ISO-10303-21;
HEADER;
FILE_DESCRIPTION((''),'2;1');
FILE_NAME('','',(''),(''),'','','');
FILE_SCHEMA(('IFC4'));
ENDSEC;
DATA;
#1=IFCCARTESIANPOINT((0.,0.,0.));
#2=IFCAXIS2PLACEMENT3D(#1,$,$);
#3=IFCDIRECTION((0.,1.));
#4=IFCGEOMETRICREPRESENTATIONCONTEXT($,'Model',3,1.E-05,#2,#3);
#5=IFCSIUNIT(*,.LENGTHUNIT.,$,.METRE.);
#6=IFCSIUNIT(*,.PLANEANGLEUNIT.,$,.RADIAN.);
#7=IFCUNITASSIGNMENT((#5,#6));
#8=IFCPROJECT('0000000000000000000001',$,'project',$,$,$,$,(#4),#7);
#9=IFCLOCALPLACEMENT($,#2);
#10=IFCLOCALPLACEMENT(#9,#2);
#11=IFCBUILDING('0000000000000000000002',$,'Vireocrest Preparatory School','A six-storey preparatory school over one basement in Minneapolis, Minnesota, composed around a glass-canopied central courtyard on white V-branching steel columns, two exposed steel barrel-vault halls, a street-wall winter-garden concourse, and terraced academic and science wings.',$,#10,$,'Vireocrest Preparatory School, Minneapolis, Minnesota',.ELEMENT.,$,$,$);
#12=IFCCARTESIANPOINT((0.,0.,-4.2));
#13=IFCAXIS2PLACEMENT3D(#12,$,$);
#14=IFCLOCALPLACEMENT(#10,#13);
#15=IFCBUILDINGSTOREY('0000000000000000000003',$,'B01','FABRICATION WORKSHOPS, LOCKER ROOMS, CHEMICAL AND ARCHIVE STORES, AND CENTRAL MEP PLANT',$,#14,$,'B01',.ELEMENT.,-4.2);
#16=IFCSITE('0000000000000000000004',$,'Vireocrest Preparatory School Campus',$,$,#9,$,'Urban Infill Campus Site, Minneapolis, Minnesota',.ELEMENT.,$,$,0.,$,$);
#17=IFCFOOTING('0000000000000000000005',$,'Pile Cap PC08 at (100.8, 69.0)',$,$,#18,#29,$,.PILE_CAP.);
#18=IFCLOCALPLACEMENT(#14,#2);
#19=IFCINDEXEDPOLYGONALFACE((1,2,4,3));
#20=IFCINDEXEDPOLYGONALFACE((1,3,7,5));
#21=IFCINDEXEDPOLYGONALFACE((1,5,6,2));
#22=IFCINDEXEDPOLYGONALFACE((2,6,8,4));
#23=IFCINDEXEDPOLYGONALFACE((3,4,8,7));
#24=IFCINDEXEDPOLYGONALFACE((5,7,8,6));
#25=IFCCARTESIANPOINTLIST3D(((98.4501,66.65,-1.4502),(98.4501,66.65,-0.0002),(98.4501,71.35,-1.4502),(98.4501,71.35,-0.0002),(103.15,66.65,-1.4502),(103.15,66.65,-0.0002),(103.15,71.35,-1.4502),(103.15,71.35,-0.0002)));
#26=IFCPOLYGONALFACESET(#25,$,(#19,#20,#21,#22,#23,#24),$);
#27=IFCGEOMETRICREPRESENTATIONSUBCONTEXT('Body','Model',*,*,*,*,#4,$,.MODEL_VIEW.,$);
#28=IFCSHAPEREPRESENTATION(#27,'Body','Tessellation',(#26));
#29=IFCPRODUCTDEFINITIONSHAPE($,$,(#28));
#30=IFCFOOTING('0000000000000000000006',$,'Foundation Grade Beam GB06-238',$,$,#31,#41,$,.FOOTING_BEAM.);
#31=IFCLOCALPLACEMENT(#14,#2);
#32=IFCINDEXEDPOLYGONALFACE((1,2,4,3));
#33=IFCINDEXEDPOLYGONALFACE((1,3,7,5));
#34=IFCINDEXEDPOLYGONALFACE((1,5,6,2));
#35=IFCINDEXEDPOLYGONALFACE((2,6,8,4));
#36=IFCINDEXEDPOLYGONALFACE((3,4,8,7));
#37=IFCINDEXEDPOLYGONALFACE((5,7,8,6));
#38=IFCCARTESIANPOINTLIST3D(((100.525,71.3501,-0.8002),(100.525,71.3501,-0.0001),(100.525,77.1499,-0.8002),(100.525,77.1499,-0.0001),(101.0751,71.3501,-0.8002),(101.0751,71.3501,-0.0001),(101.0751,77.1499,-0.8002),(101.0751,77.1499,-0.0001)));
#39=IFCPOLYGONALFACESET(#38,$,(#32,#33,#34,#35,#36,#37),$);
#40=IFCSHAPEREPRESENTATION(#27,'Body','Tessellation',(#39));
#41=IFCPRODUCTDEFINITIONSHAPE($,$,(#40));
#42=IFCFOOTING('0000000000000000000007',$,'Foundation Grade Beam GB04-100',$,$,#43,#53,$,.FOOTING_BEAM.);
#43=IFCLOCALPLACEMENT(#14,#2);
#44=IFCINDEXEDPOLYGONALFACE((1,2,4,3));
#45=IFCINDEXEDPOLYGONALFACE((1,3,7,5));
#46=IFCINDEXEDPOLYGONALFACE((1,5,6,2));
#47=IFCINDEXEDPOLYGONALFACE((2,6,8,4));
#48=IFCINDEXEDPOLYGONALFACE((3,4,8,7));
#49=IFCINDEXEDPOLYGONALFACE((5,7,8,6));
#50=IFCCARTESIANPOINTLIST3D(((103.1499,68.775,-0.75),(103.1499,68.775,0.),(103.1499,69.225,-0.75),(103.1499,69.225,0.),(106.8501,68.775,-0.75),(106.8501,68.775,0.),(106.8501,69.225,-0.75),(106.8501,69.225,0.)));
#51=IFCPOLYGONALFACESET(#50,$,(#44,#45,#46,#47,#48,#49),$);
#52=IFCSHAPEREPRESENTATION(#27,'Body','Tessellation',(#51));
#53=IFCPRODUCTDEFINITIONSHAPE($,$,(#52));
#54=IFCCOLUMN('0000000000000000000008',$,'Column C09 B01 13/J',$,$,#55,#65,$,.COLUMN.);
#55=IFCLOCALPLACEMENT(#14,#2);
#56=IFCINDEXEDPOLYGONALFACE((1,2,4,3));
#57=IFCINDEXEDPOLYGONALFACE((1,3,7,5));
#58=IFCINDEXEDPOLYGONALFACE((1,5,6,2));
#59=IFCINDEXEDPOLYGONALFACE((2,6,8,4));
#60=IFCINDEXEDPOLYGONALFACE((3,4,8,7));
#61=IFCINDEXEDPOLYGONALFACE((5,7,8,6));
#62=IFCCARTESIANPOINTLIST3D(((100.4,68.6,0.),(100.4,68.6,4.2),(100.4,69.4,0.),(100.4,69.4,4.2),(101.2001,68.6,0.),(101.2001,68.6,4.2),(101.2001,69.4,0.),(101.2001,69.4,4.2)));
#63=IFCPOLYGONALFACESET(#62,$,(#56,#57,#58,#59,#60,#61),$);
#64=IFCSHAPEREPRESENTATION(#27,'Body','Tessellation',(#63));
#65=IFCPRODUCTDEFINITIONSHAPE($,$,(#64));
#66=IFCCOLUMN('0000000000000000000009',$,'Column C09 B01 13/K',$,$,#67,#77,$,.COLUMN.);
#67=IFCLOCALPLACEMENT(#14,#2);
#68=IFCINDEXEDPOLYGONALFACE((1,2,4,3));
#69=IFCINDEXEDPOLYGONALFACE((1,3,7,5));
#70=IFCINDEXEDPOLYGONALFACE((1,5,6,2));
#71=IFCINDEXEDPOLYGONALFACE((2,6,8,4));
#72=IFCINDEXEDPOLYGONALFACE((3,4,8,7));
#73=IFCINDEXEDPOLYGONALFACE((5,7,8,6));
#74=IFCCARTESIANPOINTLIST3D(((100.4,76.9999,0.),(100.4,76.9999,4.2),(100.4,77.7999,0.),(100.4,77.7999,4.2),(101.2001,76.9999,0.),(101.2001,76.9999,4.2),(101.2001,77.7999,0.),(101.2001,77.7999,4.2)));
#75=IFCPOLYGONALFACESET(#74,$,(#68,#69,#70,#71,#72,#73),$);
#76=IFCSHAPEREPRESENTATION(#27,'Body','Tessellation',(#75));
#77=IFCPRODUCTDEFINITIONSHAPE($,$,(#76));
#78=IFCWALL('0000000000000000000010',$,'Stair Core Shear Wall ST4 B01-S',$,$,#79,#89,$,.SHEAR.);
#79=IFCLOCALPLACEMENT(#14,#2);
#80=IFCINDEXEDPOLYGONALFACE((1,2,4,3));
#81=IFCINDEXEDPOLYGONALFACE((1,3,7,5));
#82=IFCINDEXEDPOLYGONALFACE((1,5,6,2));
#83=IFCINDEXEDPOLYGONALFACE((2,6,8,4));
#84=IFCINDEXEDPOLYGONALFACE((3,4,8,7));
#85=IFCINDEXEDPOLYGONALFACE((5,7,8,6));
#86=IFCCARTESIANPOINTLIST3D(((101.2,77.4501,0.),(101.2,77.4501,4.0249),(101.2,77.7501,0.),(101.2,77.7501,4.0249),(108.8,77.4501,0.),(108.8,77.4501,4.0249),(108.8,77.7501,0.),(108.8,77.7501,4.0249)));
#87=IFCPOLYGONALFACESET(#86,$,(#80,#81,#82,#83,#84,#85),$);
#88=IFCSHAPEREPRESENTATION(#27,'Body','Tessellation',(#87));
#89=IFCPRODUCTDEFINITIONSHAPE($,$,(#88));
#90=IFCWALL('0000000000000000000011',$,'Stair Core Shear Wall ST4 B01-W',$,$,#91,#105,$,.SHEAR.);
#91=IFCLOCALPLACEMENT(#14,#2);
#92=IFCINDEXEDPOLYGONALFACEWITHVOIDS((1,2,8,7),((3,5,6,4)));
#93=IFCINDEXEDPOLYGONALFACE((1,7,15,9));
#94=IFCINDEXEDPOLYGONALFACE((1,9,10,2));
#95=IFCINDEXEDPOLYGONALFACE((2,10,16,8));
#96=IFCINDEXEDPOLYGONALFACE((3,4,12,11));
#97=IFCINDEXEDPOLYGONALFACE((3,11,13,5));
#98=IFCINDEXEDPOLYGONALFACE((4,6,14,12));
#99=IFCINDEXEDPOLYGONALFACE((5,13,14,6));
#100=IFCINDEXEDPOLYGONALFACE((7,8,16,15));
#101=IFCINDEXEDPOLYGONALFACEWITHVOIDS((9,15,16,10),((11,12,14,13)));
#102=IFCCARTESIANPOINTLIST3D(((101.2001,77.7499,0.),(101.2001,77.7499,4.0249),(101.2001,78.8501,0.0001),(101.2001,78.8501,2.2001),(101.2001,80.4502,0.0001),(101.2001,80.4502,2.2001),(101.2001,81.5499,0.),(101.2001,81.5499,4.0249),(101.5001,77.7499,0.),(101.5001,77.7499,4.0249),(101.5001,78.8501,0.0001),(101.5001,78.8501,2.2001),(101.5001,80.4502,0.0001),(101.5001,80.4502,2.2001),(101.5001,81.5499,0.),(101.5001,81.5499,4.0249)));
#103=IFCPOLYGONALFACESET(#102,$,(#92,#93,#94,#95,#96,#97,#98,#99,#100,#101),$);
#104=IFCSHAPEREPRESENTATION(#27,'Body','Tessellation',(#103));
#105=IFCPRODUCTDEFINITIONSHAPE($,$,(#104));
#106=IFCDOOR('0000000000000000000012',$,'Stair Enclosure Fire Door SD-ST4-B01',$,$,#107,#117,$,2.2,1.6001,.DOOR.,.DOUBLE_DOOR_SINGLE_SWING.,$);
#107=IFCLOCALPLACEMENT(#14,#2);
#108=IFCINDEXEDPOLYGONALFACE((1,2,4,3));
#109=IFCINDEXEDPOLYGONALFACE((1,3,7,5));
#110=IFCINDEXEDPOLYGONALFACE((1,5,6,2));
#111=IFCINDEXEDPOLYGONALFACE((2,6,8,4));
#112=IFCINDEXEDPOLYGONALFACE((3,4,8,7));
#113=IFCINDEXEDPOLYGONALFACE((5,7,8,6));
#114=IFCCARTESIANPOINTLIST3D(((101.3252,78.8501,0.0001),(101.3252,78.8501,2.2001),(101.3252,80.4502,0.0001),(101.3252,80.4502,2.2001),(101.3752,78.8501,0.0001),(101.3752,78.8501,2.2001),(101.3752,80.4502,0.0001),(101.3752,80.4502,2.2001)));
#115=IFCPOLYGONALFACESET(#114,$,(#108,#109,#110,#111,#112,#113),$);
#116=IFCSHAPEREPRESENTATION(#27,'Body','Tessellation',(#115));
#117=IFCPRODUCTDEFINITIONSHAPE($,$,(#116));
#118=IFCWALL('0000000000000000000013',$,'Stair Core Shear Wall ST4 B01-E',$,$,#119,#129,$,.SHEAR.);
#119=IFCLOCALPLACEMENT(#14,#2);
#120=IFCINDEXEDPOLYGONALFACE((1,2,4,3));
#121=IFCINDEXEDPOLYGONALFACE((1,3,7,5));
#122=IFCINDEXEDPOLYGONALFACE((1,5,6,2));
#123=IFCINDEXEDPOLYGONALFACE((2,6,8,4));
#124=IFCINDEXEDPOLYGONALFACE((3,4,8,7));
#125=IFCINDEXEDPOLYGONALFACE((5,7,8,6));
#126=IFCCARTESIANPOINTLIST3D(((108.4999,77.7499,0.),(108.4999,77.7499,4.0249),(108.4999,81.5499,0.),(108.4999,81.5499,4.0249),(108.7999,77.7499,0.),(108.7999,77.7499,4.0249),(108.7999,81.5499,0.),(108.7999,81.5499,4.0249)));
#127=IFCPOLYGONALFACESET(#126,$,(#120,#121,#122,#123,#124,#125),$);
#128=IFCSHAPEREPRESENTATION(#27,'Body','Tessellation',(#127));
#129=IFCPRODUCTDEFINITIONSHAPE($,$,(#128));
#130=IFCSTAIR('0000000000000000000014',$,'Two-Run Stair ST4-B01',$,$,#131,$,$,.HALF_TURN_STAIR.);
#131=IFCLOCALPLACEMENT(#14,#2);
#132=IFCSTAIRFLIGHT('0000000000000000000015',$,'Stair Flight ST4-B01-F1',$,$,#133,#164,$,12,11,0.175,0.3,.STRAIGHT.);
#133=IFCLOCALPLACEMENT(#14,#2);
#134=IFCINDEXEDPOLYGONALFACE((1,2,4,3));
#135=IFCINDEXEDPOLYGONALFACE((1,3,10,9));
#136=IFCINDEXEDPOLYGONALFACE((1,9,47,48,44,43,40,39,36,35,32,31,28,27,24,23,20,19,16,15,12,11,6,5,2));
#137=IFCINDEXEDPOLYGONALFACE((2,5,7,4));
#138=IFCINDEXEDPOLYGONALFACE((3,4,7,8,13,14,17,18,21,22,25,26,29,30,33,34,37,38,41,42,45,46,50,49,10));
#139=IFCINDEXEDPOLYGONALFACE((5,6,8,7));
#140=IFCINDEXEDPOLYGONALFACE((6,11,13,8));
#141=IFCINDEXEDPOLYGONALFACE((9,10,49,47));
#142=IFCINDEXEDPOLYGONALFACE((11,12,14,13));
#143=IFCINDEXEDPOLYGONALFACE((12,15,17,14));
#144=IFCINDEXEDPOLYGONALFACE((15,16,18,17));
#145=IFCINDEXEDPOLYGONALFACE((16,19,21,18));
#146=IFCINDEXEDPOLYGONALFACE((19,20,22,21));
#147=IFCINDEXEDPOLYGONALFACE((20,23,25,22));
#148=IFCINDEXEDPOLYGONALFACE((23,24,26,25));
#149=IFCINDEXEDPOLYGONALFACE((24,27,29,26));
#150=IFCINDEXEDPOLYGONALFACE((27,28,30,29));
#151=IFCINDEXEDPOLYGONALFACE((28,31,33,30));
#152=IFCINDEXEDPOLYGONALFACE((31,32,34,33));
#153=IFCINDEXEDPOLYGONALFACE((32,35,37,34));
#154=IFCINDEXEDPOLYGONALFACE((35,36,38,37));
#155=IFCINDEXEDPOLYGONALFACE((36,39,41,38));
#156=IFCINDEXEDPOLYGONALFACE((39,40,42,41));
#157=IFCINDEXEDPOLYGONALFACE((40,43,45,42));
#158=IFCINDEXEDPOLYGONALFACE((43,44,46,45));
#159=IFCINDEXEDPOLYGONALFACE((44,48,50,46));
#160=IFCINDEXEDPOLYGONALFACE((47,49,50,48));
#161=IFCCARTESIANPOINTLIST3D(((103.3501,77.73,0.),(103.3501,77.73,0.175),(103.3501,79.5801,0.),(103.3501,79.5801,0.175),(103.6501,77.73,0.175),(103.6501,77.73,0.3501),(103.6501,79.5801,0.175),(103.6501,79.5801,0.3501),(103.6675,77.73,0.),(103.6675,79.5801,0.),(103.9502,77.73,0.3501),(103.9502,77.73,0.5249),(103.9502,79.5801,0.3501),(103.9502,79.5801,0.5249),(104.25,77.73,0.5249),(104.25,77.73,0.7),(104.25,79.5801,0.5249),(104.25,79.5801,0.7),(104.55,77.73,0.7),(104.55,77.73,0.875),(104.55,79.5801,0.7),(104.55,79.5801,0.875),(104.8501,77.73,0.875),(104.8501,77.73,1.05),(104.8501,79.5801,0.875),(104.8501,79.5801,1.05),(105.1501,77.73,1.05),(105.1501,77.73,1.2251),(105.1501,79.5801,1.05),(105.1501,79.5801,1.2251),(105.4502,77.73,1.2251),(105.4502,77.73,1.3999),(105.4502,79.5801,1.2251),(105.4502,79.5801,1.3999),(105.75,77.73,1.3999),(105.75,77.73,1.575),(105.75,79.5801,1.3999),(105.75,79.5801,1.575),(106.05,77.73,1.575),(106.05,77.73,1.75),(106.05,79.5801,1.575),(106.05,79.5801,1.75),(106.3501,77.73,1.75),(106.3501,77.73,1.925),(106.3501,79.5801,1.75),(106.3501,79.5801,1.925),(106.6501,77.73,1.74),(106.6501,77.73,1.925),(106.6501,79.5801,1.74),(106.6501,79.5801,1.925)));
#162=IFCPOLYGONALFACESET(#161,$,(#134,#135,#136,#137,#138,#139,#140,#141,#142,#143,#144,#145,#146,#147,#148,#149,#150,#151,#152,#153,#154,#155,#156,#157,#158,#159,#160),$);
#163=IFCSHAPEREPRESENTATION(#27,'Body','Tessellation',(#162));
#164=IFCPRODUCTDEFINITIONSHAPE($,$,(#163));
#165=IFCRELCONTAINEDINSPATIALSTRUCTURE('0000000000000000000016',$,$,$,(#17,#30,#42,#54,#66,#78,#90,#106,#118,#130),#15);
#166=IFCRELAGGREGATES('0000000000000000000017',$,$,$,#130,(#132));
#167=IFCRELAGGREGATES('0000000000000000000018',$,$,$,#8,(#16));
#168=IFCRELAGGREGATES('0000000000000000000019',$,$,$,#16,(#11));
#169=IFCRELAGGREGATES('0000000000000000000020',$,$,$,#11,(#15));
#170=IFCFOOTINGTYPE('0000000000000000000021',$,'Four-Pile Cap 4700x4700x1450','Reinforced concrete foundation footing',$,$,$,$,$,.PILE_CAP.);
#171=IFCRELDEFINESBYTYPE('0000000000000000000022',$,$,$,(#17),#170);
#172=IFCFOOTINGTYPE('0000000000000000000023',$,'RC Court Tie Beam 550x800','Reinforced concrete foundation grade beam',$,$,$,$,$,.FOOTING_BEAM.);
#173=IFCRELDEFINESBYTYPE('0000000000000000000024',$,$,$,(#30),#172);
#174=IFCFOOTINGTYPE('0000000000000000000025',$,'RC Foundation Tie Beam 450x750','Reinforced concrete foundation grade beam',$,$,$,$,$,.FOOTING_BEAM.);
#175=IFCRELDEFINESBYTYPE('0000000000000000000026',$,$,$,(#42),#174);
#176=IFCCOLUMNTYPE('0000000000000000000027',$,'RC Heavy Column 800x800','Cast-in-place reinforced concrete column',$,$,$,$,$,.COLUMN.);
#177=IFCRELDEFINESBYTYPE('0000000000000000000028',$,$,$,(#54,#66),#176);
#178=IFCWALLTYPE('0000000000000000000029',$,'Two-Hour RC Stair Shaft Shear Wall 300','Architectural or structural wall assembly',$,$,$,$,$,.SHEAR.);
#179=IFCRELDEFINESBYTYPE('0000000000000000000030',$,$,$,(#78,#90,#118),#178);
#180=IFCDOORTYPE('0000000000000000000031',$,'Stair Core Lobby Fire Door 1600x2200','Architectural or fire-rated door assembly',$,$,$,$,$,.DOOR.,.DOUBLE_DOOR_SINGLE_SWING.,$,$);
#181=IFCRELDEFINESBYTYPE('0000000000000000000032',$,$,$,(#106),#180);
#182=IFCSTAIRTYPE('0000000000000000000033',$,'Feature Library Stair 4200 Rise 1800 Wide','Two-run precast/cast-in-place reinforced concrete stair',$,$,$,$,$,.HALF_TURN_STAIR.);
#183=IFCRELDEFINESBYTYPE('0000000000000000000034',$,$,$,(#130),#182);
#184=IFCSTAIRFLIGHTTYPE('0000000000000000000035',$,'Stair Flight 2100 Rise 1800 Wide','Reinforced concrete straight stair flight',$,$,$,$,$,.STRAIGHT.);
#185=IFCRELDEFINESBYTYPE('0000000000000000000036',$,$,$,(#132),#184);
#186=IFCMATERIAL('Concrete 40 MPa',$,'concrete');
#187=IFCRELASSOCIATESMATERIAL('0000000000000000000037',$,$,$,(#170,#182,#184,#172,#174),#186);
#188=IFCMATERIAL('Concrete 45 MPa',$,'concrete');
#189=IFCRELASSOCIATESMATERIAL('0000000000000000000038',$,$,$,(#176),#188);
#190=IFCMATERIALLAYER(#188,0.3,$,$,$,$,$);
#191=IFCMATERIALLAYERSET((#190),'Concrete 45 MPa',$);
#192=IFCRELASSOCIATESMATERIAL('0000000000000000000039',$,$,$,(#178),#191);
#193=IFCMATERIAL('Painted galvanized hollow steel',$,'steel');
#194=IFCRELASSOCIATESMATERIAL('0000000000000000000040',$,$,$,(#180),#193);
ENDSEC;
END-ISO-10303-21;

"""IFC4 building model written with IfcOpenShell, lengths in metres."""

from ifc_helpers import new_model, si_unit, direction, frame, frame_2d, origin, origin_2d, place, context, subcontext, project, spatial, polyline, rectangle, outline, extrude, material, layer, layer_set, material_profile, profile_set, type_object, element, fill, aggregate, save


model = new_model("IFC4")

# Units and contexts
model_context = context("Model", 3, precision=1e-05, world=origin(), true_north=direction((0.0, 1.0)))
body_context = subcontext(model_context, "Body", "Model", "MODEL_VIEW")
ifc_project = project(units=[si_unit("LENGTHUNIT", "METRE"), si_unit("PLANEANGLEUNIT", "RADIAN")], contexts=[model_context])

# Site, building, storey
site_placement = place(None, origin())
site = spatial("IfcSite", under=ifc_project, at=site_placement, Name="Vireocrest Preparatory School Campus", LongName="Urban Infill Campus Site, Minneapolis, Minnesota", CompositionType="ELEMENT", RefElevation=0.0)
building_placement = place(site_placement, origin())
building = spatial("IfcBuilding", under=site, at=building_placement, Name="Vireocrest Preparatory School", Description="A six-storey preparatory school over one basement in Minneapolis, Minnesota, composed around a glass-canopied central courtyard on white V-branching steel columns, two exposed steel barrel-vault halls, a street-wall winter-garden concourse, and terraced academic and science wings.", LongName="Vireocrest Preparatory School, Minneapolis, Minnesota", CompositionType="ELEMENT")
storey_placement = place(building_placement, frame((0.0, 0.0, -4.2)))
storey = spatial("IfcBuildingStorey", under=building, at=storey_placement, Name="B01", Description="FABRICATION WORKSHOPS, LOCKER ROOMS, CHEMICAL AND ARCHIVE STORES, AND CENTRAL MEP PLANT", LongName="B01", CompositionType="ELEMENT", Elevation=-4.2)

# Shared definitions
ifc_material_1 = material(Name="Concrete 40 MPa", Category="concrete")

# Footings
footing_type_1 = type_object("IfcFootingType", Name="Four-Pile Cap 4700x4700x1450", Description="Reinforced concrete foundation footing", PredefinedType="PILE_CAP", material=ifc_material_1)
footing_1_placement = place(storey_placement, frame((100.8, 69.0, -1.4502), z_axis=(0.0, 0.0, 1.0), x_axis=(1.0, 0.0, 0.0)))
element("IfcFooting", 1, at=footing_1_placement, inside=storey, type_object=footing_type_1, Name="Pile Cap PC08 at (100.8, 69.0)", PredefinedType="PILE_CAP", context=body_context, shape_type="SweptSolid", body=[
    extrude(rectangle(XDim=4.7, YDim=4.7, at=origin_2d()), origin(), (0.0, 0.0, 1.0), 1.45),
])
ifc_material_profile_1 = material_profile(ifc_material_1, rectangle(XDim=0.55, YDim=0.8, at=origin_2d()), Name="GB 550x800")
ifc_profile_set_1 = profile_set([ifc_material_profile_1], Name="Concrete 40 MPa")
footing_type_2 = type_object("IfcFootingType", Name="RC Court Tie Beam 550x800", Description="Reinforced concrete foundation grade beam", PredefinedType="FOOTING_BEAM", material=ifc_profile_set_1)
footing_2_placement = place(storey_placement, frame((100.8, 71.3501, -0.4001), z_axis=(0.0, 1.0, 0.0), x_axis=(-1.0, 0.0, 0.0)))
element("IfcFooting", 2, at=footing_2_placement, inside=storey, type_object=footing_type_2, Name="Foundation Grade Beam GB06-238", PredefinedType="FOOTING_BEAM", context=body_context, shape_type="SweptSolid", body=[
    extrude(rectangle(XDim=0.55, YDim=0.8, at=origin_2d()), origin(), (0.0, 0.0, 1.0), 5.7998),
])
ifc_material_profile_2 = material_profile(ifc_material_1, rectangle(XDim=0.45, YDim=0.75, at=origin_2d()), Name="GB 450x750")
ifc_profile_set_2 = profile_set([ifc_material_profile_2], Name="Concrete 40 MPa")
footing_type_3 = type_object("IfcFootingType", Name="RC Foundation Tie Beam 450x750", Description="Reinforced concrete foundation grade beam", PredefinedType="FOOTING_BEAM", material=ifc_profile_set_2)
footing_3_placement = place(storey_placement, frame((103.1499, 69.0, -0.375), z_axis=(1.0, 0.0, 0.0), x_axis=(0.0, 1.0, 0.0)))
element("IfcFooting", 3, at=footing_3_placement, inside=storey, type_object=footing_type_3, Name="Foundation Grade Beam GB04-100", PredefinedType="FOOTING_BEAM", context=body_context, shape_type="SweptSolid", body=[
    extrude(rectangle(XDim=0.45, YDim=0.75, at=origin_2d()), origin(), (0.0, 0.0, 1.0), 3.7002),
])

# Columns
ifc_material_2 = material(Name="Concrete 45 MPa", Category="concrete")
ifc_material_profile_3 = material_profile(ifc_material_2, rectangle(XDim=0.8, YDim=0.8, at=origin_2d()), Name="RC 800x800")
ifc_profile_set_3 = profile_set([ifc_material_profile_3], Name="Concrete 45 MPa")
column_type = type_object("IfcColumnType", Name="RC Heavy Column 800x800", Description="Cast-in-place reinforced concrete column", PredefinedType="COLUMN", material=ifc_profile_set_3)
for number, where, z_axis, x_axis, name in (
    (4, (100.8, 69.0, 0.0), (0.0, 0.0, 1.0), (1.0, 0.0, 0.0), "Column C09 B01 13/J"),
    (5, (100.8, 77.3999, 0.0), (0.0, 0.0, 1.0), (1.0, 0.0, 0.0), "Column C09 B01 13/K"),
):
    element("IfcColumn", number, at=place(storey_placement, frame(where, z_axis=z_axis, x_axis=x_axis)), inside=storey, type_object=column_type, Name=name, PredefinedType="COLUMN", context=body_context, shape_type="SweptSolid", body=[
        extrude(rectangle(XDim=0.8, YDim=0.8, at=origin_2d()), origin(), (0.0, 0.0, 1.0), 4.2),
    ])

# Shared definitions
ifc_material_3 = material(Name="Painted galvanized hollow steel", Category="steel")

# Wall
ifc_layer_1 = layer(ifc_material_2, 0.3)
ifc_layer_set_1 = layer_set([ifc_layer_1], Name="Concrete 45 MPa")
wall_type_1 = type_object("IfcWallType", Name="Two-Hour RC Stair Shaft Shear Wall 300", Description="Architectural or structural wall assembly", PredefinedType="SHEAR", material=ifc_layer_set_1)
wall_1_placement = place(storey_placement, frame((101.2, 77.6001, 0.0), z_axis=(0.0, 0.0, 1.0), x_axis=(1.0, 0.0, 0.0)))
element("IfcWall", 6, at=wall_1_placement, inside=storey, type_object=wall_type_1, Name="Stair Core Shear Wall ST4 B01-S", PredefinedType="SHEAR", context=body_context, shape_type="SweptSolid", body=[
    extrude(rectangle(XDim=7.6001, YDim=0.3, at=frame_2d((3.8, 0.0))), origin(), (0.0, 0.0, 1.0), 4.0249),
])

# Wall, opening, door
wall_2_placement = place(storey_placement, frame((101.3501, 77.75, 0.0), z_axis=(0.0, 0.0, 1.0), x_axis=(0.0, 1.0, 0.0)))
wall_2 = element("IfcWall", 7, at=wall_2_placement, inside=storey, type_object=wall_type_1, Name="Stair Core Shear Wall ST4 B01-W", PredefinedType="SHEAR", context=body_context, shape_type="SweptSolid", body=[
    extrude(rectangle(XDim=3.8, YDim=0.3, at=frame_2d((1.8999, 0.0))), origin(), (0.0, 0.0, 1.0), 4.0249),
])
opening_1_placement = place(wall_2_placement, frame((1.1001, 0.0, 0.0)))
opening_1 = element("IfcOpeningElement", 8, at=opening_1_placement, cuts=wall_2, PredefinedType="OPENING", context=body_context, shape_type="SweptSolid", body=[
    extrude(rectangle(XDim=1.6001, YDim=2.2, at=frame_2d((0.8, 1.1001))), frame((0.0, 0.1599, 0.0), z_axis=(0.0, -1.0, 0.0), x_axis=(1.0, 0.0, 0.0)), (0.0, 0.0, 1.0), 0.3201),
])
door_type_1 = type_object("IfcDoorType", Name="Stair Core Lobby Fire Door 1600x2200", Description="Architectural or fire-rated door assembly", OperationType="DOUBLE_DOOR_SINGLE_SWING", PredefinedType="DOOR", material=ifc_material_3)
door_1_placement = place(opening_1_placement, origin())
door_1 = element("IfcDoor", 9, at=door_1_placement, inside=storey, type_object=door_type_1, Name="Stair Enclosure Fire Door SD-ST4-B01", OperationType="DOUBLE_DOOR_SINGLE_SWING", OverallHeight=2.2, OverallWidth=1.6001, PredefinedType="DOOR", context=body_context, shape_type="SweptSolid", body=[
    extrude(rectangle(XDim=1.6001, YDim=2.2, at=frame_2d((0.8, 1.1001))), frame((0.0, 0.0249, 0.0), z_axis=(0.0, -1.0, 0.0), x_axis=(1.0, 0.0, 0.0)), (0.0, 0.0, 1.0), 0.05),
])
fill(opening_1, door_1)

# Wall
wall_3_placement = place(storey_placement, frame((108.6499, 77.75, 0.0), z_axis=(0.0, 0.0, 1.0), x_axis=(0.0, 1.0, 0.0)))
element("IfcWall", 10, at=wall_3_placement, inside=storey, type_object=wall_type_1, Name="Stair Core Shear Wall ST4 B01-E", PredefinedType="SHEAR", context=body_context, shape_type="SweptSolid", body=[
    extrude(rectangle(XDim=3.8, YDim=0.3, at=frame_2d((1.8999, 0.0))), origin(), (0.0, 0.0, 1.0), 4.0249),
])

# Stair, stair flight
stair_type = type_object("IfcStairType", Name="Feature Library Stair 4200 Rise 1800 Wide", Description="Two-run precast/cast-in-place reinforced concrete stair", PredefinedType="HALF_TURN_STAIR", material=ifc_material_1)
stair_placement = place(storey_placement, origin())
stair = element("IfcStair", 11, at=stair_placement, inside=storey, type_object=stair_type, Name="Two-Run Stair ST4-B01", PredefinedType="HALF_TURN_STAIR")
stair_flight_type = type_object("IfcStairFlightType", Name="Stair Flight 2100 Rise 1800 Wide", Description="Reinforced concrete straight stair flight", PredefinedType="STRAIGHT", material=ifc_material_1)
stair_flight_1_placement = place(storey_placement, frame((103.3501, 78.655, 0.0), z_axis=(0.0, 0.0, 1.0), x_axis=(1.0, 0.0, 0.0)))
stair_flight_1 = element("IfcStairFlight", 12, at=stair_flight_1_placement, type_object=stair_flight_type, Name="Stair Flight ST4-B01-F1", NumberOfRisers=12, NumberOfTreads=11, PredefinedType="STRAIGHT", RiserHeight=0.175, TreadLength=0.3, context=body_context, shape_type="SweptSolid", body=[
    extrude(outline(polyline([(0.0, 0.0), (0.0, 0.175), (0.3, 0.175), (0.3, 0.3501), (0.6001, 0.3501), (0.6001, 0.5249), (0.8999, 0.5249), (0.8999, 0.7), (1.2, 0.7), (1.2, 0.875), (1.5, 0.875), (1.5, 1.05), (1.8, 1.05), (1.8, 1.2251), (2.1001, 1.2251), (2.1001, 1.3999), (2.3999, 1.3999), (2.3999, 1.575), (2.7, 1.575), (2.7, 1.75), (3.0, 1.75), (3.0, 1.925), (3.3, 1.925), (3.3, 2.1001), (3.3, 1.74), (0.3174, 0.0), (0.0, 0.0)])), frame((0.0, 0.925, 0.0), z_axis=(0.0, -1.0, 0.0), x_axis=(1.0, 0.0, 0.0)), (0.0, 0.0, 1.0), 1.8501),
])
aggregate(stair, [stair_flight_1])

save(model, "model.ifc")
